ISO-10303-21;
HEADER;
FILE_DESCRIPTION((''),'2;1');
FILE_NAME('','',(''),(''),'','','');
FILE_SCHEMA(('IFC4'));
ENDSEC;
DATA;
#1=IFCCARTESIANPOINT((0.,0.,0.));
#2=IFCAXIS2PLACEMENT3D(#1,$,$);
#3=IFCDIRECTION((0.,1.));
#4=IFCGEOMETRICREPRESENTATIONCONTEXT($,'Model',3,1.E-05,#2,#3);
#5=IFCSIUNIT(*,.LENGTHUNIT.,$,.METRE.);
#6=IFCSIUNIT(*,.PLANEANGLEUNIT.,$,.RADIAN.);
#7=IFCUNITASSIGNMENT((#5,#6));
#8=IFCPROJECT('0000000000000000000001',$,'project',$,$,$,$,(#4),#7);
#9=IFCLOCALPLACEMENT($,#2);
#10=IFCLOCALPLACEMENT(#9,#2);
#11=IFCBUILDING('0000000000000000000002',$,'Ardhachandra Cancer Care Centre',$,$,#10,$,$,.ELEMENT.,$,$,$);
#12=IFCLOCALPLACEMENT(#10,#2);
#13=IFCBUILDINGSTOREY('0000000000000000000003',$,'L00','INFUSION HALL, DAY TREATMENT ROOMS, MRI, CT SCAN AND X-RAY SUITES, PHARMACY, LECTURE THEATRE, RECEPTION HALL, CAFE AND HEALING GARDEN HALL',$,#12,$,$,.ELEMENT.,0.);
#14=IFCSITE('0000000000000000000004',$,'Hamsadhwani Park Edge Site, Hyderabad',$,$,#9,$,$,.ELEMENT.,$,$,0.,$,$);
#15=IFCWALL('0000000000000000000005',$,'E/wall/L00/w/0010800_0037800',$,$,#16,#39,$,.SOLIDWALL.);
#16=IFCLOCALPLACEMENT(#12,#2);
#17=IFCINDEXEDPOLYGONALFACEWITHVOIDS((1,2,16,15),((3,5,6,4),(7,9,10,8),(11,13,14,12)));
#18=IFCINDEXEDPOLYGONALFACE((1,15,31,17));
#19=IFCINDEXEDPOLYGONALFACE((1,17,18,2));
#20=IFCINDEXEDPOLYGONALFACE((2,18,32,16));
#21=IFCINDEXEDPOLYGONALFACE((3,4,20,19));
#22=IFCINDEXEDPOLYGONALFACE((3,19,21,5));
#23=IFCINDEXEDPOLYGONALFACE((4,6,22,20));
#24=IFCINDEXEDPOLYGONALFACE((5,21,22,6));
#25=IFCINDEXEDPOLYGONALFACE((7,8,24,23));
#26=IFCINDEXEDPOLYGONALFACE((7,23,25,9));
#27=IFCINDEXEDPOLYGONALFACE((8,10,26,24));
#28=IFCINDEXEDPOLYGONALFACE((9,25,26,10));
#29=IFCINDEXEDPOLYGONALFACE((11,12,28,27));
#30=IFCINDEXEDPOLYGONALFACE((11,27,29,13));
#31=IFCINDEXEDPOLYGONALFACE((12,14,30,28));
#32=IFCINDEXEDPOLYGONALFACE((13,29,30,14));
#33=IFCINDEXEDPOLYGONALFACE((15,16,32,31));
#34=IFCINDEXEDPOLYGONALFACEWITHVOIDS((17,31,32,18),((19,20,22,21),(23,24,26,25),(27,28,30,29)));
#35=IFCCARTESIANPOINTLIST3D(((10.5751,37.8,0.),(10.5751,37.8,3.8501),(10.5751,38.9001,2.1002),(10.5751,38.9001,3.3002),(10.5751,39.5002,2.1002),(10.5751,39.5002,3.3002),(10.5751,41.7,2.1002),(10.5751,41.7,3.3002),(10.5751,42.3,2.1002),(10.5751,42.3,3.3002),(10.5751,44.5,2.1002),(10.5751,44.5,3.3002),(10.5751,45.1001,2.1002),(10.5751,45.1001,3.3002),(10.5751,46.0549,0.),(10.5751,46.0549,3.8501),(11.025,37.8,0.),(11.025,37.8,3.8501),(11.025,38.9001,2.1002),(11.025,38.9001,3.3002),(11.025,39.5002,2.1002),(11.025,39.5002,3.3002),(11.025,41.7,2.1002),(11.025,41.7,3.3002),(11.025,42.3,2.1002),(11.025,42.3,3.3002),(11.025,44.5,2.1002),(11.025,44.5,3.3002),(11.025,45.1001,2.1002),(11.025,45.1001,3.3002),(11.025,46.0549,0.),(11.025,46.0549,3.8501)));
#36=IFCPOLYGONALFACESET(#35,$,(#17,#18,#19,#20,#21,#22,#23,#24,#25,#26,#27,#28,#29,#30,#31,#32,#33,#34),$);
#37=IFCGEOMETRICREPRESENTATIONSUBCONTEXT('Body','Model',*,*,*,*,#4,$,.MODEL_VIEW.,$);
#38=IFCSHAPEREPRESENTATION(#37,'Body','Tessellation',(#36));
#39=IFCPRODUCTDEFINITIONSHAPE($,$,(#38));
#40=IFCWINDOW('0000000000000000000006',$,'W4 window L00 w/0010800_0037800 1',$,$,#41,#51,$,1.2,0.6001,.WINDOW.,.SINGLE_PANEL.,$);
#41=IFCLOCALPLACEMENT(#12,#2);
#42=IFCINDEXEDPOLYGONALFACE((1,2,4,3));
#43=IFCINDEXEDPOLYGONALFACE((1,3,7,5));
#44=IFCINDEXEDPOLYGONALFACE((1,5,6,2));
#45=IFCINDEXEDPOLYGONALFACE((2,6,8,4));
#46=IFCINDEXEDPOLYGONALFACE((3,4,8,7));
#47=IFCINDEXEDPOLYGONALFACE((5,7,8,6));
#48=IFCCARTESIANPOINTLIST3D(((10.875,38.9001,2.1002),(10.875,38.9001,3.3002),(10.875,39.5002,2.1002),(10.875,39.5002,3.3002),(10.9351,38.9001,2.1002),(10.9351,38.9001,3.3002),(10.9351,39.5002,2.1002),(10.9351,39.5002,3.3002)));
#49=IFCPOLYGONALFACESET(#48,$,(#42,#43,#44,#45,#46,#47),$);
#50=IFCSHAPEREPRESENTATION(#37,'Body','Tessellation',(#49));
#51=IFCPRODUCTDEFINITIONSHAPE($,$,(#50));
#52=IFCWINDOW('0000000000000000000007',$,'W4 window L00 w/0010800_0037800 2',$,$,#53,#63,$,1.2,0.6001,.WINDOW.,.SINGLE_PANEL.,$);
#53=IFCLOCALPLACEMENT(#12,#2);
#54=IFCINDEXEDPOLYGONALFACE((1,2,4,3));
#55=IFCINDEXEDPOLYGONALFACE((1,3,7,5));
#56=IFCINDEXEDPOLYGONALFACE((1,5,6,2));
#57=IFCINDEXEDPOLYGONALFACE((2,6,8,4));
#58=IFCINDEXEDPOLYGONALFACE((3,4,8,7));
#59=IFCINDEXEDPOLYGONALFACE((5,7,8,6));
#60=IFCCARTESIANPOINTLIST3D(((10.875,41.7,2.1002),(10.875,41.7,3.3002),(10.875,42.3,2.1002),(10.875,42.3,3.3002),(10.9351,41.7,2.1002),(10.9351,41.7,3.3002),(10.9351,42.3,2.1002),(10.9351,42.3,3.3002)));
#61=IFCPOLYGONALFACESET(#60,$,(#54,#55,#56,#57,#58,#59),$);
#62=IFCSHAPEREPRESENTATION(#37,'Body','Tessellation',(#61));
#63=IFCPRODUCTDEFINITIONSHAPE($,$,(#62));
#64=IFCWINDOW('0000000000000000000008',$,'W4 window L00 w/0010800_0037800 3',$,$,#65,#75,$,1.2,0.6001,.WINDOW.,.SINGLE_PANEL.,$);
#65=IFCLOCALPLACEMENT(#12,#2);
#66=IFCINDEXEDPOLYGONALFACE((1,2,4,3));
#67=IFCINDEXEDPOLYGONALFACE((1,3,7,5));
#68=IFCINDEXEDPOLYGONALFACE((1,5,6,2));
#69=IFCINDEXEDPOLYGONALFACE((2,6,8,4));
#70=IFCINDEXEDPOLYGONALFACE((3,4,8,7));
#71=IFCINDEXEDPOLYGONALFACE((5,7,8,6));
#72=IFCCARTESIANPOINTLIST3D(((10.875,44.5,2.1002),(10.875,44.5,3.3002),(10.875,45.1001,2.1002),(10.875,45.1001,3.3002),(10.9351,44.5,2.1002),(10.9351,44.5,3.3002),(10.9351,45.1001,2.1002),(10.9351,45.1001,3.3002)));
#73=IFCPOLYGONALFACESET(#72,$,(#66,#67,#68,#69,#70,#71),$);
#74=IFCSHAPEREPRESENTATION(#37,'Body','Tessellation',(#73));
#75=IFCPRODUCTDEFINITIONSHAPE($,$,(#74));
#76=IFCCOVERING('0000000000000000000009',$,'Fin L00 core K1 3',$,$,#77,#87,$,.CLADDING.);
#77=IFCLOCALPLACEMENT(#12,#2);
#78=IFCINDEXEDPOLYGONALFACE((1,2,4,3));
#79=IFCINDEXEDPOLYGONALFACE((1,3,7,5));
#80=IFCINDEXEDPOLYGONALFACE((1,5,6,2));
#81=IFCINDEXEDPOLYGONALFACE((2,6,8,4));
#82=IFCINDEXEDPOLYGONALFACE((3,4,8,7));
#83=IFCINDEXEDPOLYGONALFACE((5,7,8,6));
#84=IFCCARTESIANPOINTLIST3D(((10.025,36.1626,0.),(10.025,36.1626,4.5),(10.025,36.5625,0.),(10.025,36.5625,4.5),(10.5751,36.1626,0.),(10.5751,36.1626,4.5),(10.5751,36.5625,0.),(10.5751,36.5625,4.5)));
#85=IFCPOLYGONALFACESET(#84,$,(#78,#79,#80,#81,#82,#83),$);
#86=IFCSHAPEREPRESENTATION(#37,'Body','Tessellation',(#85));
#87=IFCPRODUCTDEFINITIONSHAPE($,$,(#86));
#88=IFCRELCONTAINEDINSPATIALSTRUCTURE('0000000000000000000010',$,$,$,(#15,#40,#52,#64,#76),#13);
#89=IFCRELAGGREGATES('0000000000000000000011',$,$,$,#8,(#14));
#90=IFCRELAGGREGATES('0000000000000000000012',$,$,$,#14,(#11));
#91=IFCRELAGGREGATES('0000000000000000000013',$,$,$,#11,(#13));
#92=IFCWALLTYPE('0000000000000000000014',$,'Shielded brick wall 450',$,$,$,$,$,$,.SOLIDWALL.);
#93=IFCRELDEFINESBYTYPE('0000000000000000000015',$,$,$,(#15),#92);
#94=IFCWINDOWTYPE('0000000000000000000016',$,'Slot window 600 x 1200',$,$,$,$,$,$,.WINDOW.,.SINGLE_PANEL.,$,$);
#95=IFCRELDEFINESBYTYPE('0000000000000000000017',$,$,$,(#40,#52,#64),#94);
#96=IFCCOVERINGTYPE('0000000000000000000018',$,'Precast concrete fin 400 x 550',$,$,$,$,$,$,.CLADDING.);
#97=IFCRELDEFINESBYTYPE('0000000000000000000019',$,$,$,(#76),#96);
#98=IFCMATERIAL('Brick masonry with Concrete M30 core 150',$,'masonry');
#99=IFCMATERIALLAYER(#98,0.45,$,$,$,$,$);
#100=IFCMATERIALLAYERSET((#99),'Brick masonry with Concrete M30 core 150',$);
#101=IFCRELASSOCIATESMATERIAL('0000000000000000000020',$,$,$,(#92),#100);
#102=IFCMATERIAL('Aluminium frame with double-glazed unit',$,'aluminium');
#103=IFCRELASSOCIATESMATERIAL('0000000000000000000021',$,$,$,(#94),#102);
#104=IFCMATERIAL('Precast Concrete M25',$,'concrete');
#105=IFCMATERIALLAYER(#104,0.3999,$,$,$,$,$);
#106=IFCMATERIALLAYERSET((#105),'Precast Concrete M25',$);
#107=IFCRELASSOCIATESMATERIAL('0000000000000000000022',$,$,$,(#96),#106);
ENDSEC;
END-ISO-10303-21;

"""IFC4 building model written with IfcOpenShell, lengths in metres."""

from ifc_helpers import new_model, si_unit, direction, frame, frame_2d, origin, origin_2d, place, context, subcontext, project, spatial, rectangle, extrude, material, layer, layer_set, type_object, element, fill, save


model = new_model("IFC4")

# Units and contexts
model_context = context("Model", 3, precision=1e-05, world=origin(), true_north=direction((0.0, 1.0)))
body_context = subcontext(model_context, "Body", "Model", "MODEL_VIEW")
ifc_project = project(units=[si_unit("LENGTHUNIT", "METRE"), si_unit("PLANEANGLEUNIT", "RADIAN")], contexts=[model_context])

# Site, building, storey
site_placement = place(None, origin())
site = spatial("IfcSite", under=ifc_project, at=site_placement, Name="Hamsadhwani Park Edge Site, Hyderabad", CompositionType="ELEMENT", RefElevation=0.0)
building_placement = place(site_placement, origin())
building = spatial("IfcBuilding", under=site, at=building_placement, Name="Ardhachandra Cancer Care Centre", CompositionType="ELEMENT")
storey_placement = place(building_placement, origin())
storey = spatial("IfcBuildingStorey", under=building, at=storey_placement, Name="L00", Description="INFUSION HALL, DAY TREATMENT ROOMS, MRI, CT SCAN AND X-RAY SUITES, PHARMACY, LECTURE THEATRE, RECEPTION HALL, CAFE AND HEALING GARDEN HALL", CompositionType="ELEMENT", Elevation=0.0)

# Wall, openings, windows
ifc_material_1 = material(Name="Brick masonry with Concrete M30 core 150", Category="masonry")
ifc_layer_1 = layer(ifc_material_1, 0.45)
ifc_layer_set_1 = layer_set([ifc_layer_1], Name="Brick masonry with Concrete M30 core 150")
wall_type_1 = type_object("IfcWallType", Name="Shielded brick wall 450", PredefinedType="SOLIDWALL", material=ifc_layer_set_1)
wall_1_placement = place(storey_placement, frame((10.8, 37.8, 0.0), z_axis=(0.0, 0.0, 1.0), x_axis=(0.0, 1.0, 0.0)))
wall_1 = element("IfcWall", 1, at=wall_1_placement, inside=storey, type_object=wall_type_1, Name="E/wall/L00/w/0010800_0037800", PredefinedType="SOLIDWALL", context=body_context, shape_type="SweptSolid", body=[
    extrude(rectangle(XDim=8.2549, YDim=0.45, at=frame_2d((4.1274, 0.0))), origin(), (0.0, 0.0, 1.0), 3.8501),
])
opening_1_placement = place(wall_1_placement, frame((1.1001, 0.0, 2.1001)))
opening_1 = element("IfcOpeningElement", 2, at=opening_1_placement, cuts=wall_1, PredefinedType="OPENING", context=body_context, shape_type="SweptSolid", body=[
    extrude(rectangle(XDim=0.6001, YDim=1.2, at=frame_2d((0.3, 0.6001))), frame((0.0, 0.2349, 0.0), z_axis=(0.0, -1.0, 0.0), x_axis=(1.0, 0.0, 0.0)), (0.0, 0.0, 1.0), 0.47),
])
opening_2_placement = place(wall_1_placement, frame((3.8999, 0.0, 2.1001)))
opening_2 = element("IfcOpeningElement", 3, at=opening_2_placement, cuts=wall_1, PredefinedType="OPENING", context=body_context, shape_type="SweptSolid", body=[
    extrude(rectangle(XDim=0.6001, YDim=1.2, at=frame_2d((0.3, 0.6001))), frame((0.0, 0.2349, 0.0), z_axis=(0.0, -1.0, 0.0), x_axis=(1.0, 0.0, 0.0)), (0.0, 0.0, 1.0), 0.47),
])
opening_3_placement = place(wall_1_placement, frame((6.7, 0.0, 2.1001)))
opening_3 = element("IfcOpeningElement", 4, at=opening_3_placement, cuts=wall_1, PredefinedType="OPENING", context=body_context, shape_type="SweptSolid", body=[
    extrude(rectangle(XDim=0.6001, YDim=1.2, at=frame_2d((0.3, 0.6001))), frame((0.0, 0.2349, 0.0), z_axis=(0.0, -1.0, 0.0), x_axis=(1.0, 0.0, 0.0)), (0.0, 0.0, 1.0), 0.47),
])
ifc_material_2 = material(Name="Aluminium frame with double-glazed unit", Category="aluminium")
window_type = type_object("IfcWindowType", Name="Slot window 600 x 1200", PartitioningType="SINGLE_PANEL", PredefinedType="WINDOW", material=ifc_material_2)
window_1_placement = place(opening_1_placement, origin())
window_1 = element("IfcWindow", 5, at=window_1_placement, inside=storey, type_object=window_type, Name="W4 window L00 w/0010800_0037800 1", OverallHeight=1.2, OverallWidth=0.6001, PartitioningType="SINGLE_PANEL", PredefinedType="WINDOW", context=body_context, shape_type="SweptSolid", body=[
    extrude(rectangle(XDim=0.6001, YDim=1.2, at=frame_2d((0.3, 0.6001))), frame((0.0, -0.075, 0.0), z_axis=(0.0, -1.0, 0.0), x_axis=(1.0, 0.0, 0.0)), (0.0, 0.0, 1.0), 0.0601),
])
fill(opening_1, window_1)
window_2_placement = place(opening_2_placement, origin())
window_2 = element("IfcWindow", 6, at=window_2_placement, inside=storey, type_object=window_type, Name="W4 window L00 w/0010800_0037800 2", OverallHeight=1.2, OverallWidth=0.6001, PartitioningType="SINGLE_PANEL", PredefinedType="WINDOW", context=body_context, shape_type="SweptSolid", body=[
    extrude(rectangle(XDim=0.6001, YDim=1.2, at=frame_2d((0.3, 0.6001))), frame((0.0, -0.075, 0.0), z_axis=(0.0, -1.0, 0.0), x_axis=(1.0, 0.0, 0.0)), (0.0, 0.0, 1.0), 0.0601),
])
fill(opening_2, window_2)
window_3_placement = place(opening_3_placement, origin())
window_3 = element("IfcWindow", 7, at=window_3_placement, inside=storey, type_object=window_type, Name="W4 window L00 w/0010800_0037800 3", OverallHeight=1.2, OverallWidth=0.6001, PartitioningType="SINGLE_PANEL", PredefinedType="WINDOW", context=body_context, shape_type="SweptSolid", body=[
    extrude(rectangle(XDim=0.6001, YDim=1.2, at=frame_2d((0.3, 0.6001))), frame((0.0, -0.075, 0.0), z_axis=(0.0, -1.0, 0.0), x_axis=(1.0, 0.0, 0.0)), (0.0, 0.0, 1.0), 0.0601),
])
fill(opening_3, window_3)

# Covering
ifc_material_3 = material(Name="Precast Concrete M25", Category="concrete")
ifc_layer_2 = layer(ifc_material_3, 0.3999)
ifc_layer_set_2 = layer_set([ifc_layer_2], Name="Precast Concrete M25")
covering_type = type_object("IfcCoveringType", Name="Precast concrete fin 400 x 550", PredefinedType="CLADDING", material=ifc_layer_set_2)
covering_placement = place(storey_placement, frame((10.3, 36.3625, 0.0), z_axis=(0.0, 0.0, 1.0), x_axis=(0.0, 1.0, 0.0)))
element("IfcCovering", 8, at=covering_placement, inside=storey, type_object=covering_type, Name="Fin L00 core K1 3", PredefinedType="CLADDING", context=body_context, shape_type="SweptSolid", body=[
    extrude(rectangle(XDim=0.3999, YDim=0.55, at=origin_2d()), origin(), (0.0, 0.0, 1.0), 4.5),
])

save(model, "model.ifc")
